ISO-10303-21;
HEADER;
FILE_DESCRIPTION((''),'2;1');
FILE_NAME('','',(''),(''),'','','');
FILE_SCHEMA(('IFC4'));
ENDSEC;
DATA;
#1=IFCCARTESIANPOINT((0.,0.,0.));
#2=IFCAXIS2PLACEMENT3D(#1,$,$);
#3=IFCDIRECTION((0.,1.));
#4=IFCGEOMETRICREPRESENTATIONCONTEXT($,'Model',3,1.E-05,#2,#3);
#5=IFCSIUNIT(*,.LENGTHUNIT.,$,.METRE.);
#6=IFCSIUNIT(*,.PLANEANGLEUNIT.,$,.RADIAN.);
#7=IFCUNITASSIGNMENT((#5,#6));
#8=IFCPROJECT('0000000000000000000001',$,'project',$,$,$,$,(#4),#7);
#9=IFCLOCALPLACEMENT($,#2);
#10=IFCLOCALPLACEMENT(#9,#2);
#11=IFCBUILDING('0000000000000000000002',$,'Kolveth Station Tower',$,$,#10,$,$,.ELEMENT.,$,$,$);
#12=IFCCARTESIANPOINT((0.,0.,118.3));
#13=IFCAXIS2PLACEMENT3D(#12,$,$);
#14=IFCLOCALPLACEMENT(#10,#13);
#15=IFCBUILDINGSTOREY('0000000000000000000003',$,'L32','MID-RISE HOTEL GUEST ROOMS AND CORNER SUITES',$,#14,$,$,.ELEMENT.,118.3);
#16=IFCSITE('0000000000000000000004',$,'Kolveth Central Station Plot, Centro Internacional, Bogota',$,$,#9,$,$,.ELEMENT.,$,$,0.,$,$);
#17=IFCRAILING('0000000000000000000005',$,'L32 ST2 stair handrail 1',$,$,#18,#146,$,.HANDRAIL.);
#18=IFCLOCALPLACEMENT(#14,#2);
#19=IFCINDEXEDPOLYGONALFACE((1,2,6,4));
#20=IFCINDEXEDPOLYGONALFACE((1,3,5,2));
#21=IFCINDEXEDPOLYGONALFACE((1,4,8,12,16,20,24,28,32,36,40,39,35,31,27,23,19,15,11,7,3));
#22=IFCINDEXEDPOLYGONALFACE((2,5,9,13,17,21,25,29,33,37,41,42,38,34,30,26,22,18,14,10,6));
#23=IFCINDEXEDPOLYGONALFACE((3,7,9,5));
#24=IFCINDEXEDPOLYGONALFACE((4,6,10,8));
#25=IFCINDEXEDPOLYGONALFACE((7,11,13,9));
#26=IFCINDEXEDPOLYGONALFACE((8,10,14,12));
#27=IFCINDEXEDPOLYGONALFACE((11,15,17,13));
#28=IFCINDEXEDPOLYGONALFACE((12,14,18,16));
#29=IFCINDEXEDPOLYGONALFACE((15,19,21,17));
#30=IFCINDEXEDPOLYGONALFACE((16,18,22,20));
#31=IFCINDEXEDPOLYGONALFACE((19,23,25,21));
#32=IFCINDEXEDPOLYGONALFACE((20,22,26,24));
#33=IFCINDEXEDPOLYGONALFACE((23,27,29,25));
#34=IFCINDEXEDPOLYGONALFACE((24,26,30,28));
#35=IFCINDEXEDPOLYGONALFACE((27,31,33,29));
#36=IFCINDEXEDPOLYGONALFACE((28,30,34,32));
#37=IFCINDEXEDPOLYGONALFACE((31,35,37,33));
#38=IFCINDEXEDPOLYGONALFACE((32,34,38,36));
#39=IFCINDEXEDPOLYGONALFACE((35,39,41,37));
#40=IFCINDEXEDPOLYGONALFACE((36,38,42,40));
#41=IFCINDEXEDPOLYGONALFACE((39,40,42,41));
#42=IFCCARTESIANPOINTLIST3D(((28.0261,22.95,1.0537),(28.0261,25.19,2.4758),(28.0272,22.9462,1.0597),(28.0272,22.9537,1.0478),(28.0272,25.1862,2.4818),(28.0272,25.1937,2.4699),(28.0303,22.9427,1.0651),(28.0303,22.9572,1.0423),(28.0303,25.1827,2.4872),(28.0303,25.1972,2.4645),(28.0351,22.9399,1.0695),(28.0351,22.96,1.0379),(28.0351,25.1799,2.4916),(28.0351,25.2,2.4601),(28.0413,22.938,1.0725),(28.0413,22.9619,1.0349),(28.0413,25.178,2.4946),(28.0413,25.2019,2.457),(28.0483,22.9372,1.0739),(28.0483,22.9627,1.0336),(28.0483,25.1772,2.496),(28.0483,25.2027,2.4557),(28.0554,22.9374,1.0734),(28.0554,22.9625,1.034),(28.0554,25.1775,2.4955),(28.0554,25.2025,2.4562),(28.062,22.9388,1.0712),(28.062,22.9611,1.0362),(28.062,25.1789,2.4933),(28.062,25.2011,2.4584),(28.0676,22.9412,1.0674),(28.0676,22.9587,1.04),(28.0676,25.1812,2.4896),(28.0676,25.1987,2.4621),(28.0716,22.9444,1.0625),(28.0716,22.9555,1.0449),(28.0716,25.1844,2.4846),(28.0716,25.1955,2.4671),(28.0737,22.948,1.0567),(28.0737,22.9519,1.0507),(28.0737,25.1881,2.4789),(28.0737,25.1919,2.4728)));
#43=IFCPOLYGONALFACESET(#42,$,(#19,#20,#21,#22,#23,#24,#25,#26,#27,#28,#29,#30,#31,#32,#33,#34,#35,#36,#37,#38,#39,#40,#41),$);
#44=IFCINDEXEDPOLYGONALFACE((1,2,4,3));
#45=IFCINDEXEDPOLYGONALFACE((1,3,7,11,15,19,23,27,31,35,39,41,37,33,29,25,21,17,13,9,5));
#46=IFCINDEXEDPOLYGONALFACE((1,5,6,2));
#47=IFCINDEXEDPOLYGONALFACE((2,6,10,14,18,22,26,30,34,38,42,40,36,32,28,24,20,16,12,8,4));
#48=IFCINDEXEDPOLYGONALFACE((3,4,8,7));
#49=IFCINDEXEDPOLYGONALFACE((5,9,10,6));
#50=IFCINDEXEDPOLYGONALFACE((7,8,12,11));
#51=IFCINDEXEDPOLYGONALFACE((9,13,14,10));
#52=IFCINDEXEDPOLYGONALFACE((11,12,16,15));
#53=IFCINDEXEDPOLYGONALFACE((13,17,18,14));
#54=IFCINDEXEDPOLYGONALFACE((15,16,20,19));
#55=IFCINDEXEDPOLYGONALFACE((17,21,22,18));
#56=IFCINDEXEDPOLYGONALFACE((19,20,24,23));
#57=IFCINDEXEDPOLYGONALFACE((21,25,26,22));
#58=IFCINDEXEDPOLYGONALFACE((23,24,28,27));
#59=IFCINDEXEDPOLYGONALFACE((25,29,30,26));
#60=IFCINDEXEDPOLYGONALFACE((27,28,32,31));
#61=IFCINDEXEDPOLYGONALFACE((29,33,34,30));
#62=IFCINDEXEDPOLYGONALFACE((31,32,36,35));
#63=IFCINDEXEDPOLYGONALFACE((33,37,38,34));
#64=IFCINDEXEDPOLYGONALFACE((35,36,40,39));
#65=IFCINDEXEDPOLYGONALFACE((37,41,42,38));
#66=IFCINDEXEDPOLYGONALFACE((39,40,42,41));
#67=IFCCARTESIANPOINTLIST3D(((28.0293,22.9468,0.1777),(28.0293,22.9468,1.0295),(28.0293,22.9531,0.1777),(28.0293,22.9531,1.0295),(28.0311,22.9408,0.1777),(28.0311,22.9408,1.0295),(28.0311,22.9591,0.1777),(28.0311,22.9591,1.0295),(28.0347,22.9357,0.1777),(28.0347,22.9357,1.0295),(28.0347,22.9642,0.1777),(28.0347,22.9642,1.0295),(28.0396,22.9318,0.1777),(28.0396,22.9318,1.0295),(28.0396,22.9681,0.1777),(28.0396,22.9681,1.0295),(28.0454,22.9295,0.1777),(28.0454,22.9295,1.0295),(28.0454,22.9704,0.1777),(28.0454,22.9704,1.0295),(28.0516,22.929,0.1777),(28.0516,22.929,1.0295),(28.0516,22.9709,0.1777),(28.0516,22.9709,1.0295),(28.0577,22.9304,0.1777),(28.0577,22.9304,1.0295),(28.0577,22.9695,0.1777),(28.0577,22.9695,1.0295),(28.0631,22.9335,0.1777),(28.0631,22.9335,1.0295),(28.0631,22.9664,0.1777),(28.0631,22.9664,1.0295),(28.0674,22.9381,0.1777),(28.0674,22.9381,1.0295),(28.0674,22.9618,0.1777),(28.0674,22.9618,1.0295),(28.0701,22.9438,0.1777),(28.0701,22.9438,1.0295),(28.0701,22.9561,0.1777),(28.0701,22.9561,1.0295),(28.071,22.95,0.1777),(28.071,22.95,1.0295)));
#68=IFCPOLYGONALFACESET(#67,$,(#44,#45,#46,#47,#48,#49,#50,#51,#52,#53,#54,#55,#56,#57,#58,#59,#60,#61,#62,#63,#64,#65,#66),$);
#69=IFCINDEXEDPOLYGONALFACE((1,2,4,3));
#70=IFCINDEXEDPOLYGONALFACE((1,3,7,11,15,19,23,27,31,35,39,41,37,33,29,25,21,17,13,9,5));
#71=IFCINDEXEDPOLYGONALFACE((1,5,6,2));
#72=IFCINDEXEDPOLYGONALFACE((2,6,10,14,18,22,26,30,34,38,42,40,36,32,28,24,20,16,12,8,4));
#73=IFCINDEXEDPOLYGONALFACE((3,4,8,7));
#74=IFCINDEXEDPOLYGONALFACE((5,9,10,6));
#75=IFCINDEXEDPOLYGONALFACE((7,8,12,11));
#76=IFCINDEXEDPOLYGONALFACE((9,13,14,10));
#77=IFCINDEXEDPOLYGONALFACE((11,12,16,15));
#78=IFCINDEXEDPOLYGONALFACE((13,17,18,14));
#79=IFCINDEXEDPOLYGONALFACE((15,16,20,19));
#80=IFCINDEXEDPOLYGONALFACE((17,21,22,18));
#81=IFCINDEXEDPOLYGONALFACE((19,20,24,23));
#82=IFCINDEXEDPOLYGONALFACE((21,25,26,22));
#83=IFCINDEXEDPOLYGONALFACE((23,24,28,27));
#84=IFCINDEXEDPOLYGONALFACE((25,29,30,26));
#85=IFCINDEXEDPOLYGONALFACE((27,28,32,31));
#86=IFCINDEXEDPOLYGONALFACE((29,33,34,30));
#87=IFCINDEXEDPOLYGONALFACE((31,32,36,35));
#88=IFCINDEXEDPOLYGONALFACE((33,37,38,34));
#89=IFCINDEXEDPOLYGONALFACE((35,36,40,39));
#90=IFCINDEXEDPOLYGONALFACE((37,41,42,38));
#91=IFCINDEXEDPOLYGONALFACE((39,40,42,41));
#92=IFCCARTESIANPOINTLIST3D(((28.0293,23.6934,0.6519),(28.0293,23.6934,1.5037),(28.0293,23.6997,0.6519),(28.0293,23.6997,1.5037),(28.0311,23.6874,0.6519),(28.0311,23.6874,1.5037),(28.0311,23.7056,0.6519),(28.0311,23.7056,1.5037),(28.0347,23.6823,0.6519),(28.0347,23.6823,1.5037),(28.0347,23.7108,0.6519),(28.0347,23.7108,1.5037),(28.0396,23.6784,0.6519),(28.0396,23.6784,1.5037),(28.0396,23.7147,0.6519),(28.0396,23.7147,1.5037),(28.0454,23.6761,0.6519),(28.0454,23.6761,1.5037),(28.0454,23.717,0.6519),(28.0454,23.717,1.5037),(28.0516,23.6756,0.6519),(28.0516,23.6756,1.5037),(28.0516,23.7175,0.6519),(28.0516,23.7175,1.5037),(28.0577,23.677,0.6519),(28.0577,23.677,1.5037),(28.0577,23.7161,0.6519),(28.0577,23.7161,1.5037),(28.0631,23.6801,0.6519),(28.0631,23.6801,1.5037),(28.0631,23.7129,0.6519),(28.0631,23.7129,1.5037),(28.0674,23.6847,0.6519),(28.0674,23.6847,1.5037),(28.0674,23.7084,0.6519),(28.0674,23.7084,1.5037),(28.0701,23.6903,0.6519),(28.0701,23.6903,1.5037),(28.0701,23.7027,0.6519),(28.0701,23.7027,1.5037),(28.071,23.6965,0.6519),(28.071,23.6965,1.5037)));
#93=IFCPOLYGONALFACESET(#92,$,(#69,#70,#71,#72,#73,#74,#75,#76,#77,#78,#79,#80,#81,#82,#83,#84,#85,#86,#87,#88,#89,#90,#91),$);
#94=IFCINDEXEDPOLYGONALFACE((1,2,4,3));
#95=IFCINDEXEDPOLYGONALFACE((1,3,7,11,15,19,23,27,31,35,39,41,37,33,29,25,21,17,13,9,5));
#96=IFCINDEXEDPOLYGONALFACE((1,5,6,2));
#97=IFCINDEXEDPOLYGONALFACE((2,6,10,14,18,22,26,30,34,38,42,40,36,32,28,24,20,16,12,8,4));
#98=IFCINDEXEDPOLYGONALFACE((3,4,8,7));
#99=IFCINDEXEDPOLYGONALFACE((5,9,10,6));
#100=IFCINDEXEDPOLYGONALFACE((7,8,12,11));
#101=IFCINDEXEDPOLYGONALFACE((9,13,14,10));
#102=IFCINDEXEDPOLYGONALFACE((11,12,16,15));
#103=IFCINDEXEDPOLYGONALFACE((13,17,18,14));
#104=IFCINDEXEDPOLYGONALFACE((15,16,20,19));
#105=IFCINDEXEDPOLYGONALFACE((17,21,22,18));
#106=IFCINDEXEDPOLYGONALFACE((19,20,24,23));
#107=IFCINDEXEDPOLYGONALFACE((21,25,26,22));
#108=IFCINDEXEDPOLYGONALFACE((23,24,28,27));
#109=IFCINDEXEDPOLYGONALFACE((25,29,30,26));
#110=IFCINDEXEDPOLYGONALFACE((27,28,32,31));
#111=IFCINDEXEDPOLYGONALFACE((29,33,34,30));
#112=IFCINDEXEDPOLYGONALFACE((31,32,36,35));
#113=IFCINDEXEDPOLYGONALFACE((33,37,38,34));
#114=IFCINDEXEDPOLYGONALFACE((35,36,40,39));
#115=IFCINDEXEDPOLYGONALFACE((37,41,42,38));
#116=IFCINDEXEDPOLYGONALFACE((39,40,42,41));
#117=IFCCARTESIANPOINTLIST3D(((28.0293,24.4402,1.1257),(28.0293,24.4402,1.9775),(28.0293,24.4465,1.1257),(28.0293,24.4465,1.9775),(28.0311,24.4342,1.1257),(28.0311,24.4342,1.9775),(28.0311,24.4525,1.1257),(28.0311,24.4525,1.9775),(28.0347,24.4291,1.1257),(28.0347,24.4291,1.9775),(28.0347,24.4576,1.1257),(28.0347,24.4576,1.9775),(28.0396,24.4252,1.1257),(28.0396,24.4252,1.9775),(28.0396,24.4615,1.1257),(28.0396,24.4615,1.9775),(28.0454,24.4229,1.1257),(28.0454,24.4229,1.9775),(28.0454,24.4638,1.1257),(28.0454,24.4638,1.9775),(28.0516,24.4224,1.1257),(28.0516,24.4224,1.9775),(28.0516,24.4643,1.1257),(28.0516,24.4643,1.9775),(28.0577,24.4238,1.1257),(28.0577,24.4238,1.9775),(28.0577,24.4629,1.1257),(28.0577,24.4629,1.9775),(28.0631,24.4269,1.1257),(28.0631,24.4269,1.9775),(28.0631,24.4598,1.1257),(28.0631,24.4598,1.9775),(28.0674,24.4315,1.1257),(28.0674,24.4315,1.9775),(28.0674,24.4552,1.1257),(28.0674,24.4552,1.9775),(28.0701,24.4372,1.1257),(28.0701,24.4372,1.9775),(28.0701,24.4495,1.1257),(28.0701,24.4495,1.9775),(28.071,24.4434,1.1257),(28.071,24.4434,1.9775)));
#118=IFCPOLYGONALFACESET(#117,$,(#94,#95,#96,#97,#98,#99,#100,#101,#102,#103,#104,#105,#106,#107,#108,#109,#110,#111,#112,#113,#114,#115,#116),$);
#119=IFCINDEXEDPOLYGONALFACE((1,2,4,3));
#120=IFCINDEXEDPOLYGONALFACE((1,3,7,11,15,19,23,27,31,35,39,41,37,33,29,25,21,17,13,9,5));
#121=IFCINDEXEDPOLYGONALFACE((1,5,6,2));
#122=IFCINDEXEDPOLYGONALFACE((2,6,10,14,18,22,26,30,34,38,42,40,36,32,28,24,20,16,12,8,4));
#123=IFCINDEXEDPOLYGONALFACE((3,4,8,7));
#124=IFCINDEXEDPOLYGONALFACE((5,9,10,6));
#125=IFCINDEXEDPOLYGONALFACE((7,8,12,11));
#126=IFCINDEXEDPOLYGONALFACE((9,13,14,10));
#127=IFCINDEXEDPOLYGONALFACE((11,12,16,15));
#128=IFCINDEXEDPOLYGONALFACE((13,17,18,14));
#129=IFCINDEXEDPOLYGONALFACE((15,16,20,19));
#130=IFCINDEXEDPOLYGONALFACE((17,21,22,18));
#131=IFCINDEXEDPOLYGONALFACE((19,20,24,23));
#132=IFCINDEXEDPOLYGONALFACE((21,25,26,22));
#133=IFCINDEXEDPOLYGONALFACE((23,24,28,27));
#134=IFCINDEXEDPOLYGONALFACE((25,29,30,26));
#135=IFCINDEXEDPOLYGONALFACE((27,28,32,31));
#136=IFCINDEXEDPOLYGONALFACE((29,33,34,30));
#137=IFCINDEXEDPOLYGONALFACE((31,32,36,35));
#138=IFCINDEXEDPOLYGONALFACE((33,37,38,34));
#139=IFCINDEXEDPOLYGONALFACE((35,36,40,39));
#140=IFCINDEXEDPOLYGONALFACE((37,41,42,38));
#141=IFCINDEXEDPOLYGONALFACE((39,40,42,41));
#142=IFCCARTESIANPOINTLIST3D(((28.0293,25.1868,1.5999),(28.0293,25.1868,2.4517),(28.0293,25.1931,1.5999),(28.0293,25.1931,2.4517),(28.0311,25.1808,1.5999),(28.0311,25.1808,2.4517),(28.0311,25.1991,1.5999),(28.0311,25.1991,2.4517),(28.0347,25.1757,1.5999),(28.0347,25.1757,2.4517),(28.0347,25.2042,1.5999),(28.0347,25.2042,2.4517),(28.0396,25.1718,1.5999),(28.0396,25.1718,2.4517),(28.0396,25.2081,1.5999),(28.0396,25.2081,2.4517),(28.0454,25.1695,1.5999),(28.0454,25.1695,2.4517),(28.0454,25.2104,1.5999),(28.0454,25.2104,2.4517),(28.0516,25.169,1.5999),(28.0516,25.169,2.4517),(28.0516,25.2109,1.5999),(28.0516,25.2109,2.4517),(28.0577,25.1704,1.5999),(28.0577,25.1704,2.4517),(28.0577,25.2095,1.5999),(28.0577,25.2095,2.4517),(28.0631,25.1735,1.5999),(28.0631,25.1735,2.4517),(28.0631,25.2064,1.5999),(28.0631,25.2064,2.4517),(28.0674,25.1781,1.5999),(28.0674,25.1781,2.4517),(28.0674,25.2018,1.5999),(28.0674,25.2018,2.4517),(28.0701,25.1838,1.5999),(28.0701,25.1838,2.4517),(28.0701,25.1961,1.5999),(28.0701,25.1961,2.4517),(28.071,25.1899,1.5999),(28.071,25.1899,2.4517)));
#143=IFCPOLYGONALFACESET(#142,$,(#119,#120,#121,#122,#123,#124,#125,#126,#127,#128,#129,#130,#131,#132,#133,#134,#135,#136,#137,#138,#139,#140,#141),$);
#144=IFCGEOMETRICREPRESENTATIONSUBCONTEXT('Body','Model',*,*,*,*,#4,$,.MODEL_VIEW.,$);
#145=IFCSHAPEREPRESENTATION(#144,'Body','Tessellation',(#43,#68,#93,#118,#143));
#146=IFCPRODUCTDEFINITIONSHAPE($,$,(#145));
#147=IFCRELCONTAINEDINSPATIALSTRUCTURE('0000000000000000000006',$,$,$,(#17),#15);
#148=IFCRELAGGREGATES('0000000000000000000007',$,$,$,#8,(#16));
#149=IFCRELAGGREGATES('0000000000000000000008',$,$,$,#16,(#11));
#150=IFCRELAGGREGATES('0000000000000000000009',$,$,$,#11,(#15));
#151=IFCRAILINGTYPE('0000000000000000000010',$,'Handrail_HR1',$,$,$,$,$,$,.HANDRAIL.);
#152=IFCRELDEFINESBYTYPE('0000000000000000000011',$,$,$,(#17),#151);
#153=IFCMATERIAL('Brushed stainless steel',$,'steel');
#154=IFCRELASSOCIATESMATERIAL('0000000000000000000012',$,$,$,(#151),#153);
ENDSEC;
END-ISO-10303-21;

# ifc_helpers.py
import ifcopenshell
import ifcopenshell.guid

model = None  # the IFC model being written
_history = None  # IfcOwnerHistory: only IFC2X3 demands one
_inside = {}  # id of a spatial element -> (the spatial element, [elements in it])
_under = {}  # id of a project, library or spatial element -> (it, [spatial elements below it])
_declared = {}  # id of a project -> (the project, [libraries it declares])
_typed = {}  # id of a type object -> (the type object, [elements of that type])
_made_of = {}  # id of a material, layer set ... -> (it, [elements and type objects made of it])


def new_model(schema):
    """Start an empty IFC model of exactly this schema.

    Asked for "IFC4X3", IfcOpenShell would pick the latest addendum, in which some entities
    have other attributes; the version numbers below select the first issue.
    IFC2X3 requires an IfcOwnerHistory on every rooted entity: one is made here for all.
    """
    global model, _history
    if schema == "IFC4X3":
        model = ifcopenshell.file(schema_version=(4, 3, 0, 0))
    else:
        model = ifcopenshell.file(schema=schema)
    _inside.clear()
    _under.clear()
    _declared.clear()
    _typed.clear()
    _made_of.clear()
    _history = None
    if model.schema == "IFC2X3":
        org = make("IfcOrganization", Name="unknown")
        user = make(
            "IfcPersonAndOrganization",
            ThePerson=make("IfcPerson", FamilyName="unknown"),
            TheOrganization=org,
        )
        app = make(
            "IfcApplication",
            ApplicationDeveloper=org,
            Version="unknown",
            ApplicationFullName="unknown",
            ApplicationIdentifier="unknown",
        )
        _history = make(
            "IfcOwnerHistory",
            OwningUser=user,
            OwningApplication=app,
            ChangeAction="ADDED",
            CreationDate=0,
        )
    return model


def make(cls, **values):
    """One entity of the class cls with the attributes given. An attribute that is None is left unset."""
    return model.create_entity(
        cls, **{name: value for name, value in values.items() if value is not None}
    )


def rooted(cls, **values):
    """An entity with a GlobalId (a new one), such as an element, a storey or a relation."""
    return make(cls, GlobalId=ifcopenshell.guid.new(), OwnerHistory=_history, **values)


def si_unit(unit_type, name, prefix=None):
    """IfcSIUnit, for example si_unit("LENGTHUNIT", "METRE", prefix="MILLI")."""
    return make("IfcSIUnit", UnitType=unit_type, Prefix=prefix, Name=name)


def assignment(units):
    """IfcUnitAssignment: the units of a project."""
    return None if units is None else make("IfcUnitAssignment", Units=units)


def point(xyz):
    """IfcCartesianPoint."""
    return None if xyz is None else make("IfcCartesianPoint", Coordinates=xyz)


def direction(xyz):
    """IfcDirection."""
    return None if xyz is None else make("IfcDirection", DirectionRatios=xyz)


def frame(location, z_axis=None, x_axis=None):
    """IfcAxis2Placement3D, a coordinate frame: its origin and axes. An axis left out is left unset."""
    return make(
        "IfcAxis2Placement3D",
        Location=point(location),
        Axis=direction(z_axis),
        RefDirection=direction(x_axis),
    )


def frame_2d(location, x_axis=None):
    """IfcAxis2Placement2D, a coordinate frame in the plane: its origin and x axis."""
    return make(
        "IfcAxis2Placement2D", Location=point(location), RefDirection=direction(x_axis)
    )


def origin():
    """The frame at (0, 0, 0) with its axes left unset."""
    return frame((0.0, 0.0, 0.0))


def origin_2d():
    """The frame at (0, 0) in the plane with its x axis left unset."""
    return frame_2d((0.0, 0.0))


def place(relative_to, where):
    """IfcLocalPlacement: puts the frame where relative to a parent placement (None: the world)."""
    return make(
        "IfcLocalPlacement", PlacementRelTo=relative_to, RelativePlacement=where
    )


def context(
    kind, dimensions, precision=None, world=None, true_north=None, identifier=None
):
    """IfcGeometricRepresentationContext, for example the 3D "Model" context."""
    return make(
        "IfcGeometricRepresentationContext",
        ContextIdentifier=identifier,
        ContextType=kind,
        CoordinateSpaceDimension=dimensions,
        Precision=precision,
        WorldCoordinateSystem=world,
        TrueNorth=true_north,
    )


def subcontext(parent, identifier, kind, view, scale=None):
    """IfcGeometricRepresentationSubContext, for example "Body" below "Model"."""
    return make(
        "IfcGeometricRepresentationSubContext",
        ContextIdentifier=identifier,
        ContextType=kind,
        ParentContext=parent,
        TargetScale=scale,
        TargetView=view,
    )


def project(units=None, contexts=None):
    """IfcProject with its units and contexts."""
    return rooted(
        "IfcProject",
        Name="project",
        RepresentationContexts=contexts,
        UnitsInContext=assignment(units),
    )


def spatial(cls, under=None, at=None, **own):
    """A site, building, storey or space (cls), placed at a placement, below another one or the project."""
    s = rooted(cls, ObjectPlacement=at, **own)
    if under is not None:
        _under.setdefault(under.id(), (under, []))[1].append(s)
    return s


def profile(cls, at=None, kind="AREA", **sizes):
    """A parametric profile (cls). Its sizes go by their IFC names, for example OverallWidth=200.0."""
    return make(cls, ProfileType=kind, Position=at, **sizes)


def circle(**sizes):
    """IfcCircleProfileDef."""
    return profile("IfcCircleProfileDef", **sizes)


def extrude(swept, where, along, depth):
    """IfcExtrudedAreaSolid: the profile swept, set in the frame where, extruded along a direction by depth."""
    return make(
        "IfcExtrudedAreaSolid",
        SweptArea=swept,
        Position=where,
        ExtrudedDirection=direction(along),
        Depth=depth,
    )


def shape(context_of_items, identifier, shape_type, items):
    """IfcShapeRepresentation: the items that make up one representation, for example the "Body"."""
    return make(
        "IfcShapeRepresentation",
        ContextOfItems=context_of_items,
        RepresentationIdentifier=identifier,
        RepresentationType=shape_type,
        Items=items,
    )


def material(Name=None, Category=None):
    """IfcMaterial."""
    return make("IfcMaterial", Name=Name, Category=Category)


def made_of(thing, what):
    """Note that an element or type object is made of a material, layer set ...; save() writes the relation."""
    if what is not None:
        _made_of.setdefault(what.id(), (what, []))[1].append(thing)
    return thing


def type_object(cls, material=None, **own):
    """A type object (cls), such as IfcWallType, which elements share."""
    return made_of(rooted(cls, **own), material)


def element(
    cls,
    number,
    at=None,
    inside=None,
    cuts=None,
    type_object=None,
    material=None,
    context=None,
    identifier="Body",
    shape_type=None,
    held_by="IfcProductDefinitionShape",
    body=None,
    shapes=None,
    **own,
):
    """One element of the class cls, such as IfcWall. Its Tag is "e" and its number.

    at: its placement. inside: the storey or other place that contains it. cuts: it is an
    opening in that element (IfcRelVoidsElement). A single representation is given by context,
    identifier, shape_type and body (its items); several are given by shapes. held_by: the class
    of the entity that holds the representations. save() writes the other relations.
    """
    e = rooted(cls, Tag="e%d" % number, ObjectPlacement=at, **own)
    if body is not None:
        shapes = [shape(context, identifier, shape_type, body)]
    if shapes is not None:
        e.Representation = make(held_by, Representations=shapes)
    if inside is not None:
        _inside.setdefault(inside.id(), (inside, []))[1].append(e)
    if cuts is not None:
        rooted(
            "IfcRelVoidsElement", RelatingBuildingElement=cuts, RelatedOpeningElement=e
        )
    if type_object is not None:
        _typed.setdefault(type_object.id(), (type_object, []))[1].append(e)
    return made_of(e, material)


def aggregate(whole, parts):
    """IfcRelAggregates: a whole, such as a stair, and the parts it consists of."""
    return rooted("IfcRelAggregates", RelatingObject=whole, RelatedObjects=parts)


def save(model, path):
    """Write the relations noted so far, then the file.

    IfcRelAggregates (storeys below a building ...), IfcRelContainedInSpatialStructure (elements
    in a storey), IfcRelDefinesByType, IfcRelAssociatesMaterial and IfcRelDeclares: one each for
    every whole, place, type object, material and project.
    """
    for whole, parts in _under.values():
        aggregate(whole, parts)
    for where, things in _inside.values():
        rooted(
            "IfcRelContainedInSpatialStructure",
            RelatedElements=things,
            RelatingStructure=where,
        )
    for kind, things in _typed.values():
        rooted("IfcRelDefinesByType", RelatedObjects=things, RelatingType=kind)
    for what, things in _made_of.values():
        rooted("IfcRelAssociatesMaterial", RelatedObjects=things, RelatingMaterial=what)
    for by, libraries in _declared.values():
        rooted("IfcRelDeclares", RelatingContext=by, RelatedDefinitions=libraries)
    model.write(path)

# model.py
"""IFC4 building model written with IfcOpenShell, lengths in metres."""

from ifc_helpers import new_model, si_unit, direction, frame, origin, origin_2d, place, context, subcontext, project, spatial, circle, extrude, material, type_object, element, save


model = new_model("IFC4")

# Units and contexts
model_context = context("Model", 3, precision=1e-05, world=origin(), true_north=direction((0.0, 1.0)))
body_context = subcontext(model_context, "Body", "Model", "MODEL_VIEW")
ifc_project = project(units=[si_unit("LENGTHUNIT", "METRE"), si_unit("PLANEANGLEUNIT", "RADIAN")], contexts=[model_context])

# Site, building, storey
site_placement = place(None, origin())
site = spatial("IfcSite", under=ifc_project, at=site_placement, Name="Kolveth Central Station Plot, Centro Internacional, Bogota", CompositionType="ELEMENT", RefElevation=0.0)
building_placement = place(site_placement, origin())
building = spatial("IfcBuilding", under=site, at=building_placement, Name="Kolveth Station Tower", CompositionType="ELEMENT")
storey_placement = place(building_placement, frame((0.0, 0.0, 118.3)))
storey = spatial("IfcBuildingStorey", under=building, at=storey_placement, Name="L32", Description="MID-RISE HOTEL GUEST ROOMS AND CORNER SUITES", CompositionType="ELEMENT", Elevation=118.3)

# Railing
ifc_material_1 = material(Name="Brushed stainless steel", Category="steel")
railing_type_1 = type_object("IfcRailingType", Name="Handrail_HR1", PredefinedType="HANDRAIL", material=ifc_material_1)
railing_1_placement = place(storey_placement, frame((28.05, 22.95, 0.1777)))
element("IfcRailing", 1, at=railing_1_placement, inside=storey, type_object=railing_type_1, Name="L32 ST2 stair handrail 1", PredefinedType="HANDRAIL", context=body_context, shape_type="SweptSolid", body=[
    extrude(circle(Radius=0.0239, at=origin_2d()), frame((0.0, 0.0, 0.876), z_axis=(0.0, 0.844229, 0.535982), x_axis=(-1.0, 0.0, 0.0)), (0.0, 0.0, 1.0), 2.6533),
    extrude(circle(Radius=0.021, at=origin_2d()), origin(), (0.0, 0.0, 1.0), 0.8518),
    extrude(circle(Radius=0.021, at=origin_2d()), frame((0.0, 0.7466, 0.4741)), (0.0, 0.0, 1.0), 0.8518),
    extrude(circle(Radius=0.021, at=origin_2d()), frame((0.0, 1.4934, 0.948)), (0.0, 0.0, 1.0), 0.8518),
    extrude(circle(Radius=0.021, at=origin_2d()), frame((0.0, 2.24, 1.4221)), (0.0, 0.0, 1.0), 0.8518),
])

save(model, "model.ifc")
